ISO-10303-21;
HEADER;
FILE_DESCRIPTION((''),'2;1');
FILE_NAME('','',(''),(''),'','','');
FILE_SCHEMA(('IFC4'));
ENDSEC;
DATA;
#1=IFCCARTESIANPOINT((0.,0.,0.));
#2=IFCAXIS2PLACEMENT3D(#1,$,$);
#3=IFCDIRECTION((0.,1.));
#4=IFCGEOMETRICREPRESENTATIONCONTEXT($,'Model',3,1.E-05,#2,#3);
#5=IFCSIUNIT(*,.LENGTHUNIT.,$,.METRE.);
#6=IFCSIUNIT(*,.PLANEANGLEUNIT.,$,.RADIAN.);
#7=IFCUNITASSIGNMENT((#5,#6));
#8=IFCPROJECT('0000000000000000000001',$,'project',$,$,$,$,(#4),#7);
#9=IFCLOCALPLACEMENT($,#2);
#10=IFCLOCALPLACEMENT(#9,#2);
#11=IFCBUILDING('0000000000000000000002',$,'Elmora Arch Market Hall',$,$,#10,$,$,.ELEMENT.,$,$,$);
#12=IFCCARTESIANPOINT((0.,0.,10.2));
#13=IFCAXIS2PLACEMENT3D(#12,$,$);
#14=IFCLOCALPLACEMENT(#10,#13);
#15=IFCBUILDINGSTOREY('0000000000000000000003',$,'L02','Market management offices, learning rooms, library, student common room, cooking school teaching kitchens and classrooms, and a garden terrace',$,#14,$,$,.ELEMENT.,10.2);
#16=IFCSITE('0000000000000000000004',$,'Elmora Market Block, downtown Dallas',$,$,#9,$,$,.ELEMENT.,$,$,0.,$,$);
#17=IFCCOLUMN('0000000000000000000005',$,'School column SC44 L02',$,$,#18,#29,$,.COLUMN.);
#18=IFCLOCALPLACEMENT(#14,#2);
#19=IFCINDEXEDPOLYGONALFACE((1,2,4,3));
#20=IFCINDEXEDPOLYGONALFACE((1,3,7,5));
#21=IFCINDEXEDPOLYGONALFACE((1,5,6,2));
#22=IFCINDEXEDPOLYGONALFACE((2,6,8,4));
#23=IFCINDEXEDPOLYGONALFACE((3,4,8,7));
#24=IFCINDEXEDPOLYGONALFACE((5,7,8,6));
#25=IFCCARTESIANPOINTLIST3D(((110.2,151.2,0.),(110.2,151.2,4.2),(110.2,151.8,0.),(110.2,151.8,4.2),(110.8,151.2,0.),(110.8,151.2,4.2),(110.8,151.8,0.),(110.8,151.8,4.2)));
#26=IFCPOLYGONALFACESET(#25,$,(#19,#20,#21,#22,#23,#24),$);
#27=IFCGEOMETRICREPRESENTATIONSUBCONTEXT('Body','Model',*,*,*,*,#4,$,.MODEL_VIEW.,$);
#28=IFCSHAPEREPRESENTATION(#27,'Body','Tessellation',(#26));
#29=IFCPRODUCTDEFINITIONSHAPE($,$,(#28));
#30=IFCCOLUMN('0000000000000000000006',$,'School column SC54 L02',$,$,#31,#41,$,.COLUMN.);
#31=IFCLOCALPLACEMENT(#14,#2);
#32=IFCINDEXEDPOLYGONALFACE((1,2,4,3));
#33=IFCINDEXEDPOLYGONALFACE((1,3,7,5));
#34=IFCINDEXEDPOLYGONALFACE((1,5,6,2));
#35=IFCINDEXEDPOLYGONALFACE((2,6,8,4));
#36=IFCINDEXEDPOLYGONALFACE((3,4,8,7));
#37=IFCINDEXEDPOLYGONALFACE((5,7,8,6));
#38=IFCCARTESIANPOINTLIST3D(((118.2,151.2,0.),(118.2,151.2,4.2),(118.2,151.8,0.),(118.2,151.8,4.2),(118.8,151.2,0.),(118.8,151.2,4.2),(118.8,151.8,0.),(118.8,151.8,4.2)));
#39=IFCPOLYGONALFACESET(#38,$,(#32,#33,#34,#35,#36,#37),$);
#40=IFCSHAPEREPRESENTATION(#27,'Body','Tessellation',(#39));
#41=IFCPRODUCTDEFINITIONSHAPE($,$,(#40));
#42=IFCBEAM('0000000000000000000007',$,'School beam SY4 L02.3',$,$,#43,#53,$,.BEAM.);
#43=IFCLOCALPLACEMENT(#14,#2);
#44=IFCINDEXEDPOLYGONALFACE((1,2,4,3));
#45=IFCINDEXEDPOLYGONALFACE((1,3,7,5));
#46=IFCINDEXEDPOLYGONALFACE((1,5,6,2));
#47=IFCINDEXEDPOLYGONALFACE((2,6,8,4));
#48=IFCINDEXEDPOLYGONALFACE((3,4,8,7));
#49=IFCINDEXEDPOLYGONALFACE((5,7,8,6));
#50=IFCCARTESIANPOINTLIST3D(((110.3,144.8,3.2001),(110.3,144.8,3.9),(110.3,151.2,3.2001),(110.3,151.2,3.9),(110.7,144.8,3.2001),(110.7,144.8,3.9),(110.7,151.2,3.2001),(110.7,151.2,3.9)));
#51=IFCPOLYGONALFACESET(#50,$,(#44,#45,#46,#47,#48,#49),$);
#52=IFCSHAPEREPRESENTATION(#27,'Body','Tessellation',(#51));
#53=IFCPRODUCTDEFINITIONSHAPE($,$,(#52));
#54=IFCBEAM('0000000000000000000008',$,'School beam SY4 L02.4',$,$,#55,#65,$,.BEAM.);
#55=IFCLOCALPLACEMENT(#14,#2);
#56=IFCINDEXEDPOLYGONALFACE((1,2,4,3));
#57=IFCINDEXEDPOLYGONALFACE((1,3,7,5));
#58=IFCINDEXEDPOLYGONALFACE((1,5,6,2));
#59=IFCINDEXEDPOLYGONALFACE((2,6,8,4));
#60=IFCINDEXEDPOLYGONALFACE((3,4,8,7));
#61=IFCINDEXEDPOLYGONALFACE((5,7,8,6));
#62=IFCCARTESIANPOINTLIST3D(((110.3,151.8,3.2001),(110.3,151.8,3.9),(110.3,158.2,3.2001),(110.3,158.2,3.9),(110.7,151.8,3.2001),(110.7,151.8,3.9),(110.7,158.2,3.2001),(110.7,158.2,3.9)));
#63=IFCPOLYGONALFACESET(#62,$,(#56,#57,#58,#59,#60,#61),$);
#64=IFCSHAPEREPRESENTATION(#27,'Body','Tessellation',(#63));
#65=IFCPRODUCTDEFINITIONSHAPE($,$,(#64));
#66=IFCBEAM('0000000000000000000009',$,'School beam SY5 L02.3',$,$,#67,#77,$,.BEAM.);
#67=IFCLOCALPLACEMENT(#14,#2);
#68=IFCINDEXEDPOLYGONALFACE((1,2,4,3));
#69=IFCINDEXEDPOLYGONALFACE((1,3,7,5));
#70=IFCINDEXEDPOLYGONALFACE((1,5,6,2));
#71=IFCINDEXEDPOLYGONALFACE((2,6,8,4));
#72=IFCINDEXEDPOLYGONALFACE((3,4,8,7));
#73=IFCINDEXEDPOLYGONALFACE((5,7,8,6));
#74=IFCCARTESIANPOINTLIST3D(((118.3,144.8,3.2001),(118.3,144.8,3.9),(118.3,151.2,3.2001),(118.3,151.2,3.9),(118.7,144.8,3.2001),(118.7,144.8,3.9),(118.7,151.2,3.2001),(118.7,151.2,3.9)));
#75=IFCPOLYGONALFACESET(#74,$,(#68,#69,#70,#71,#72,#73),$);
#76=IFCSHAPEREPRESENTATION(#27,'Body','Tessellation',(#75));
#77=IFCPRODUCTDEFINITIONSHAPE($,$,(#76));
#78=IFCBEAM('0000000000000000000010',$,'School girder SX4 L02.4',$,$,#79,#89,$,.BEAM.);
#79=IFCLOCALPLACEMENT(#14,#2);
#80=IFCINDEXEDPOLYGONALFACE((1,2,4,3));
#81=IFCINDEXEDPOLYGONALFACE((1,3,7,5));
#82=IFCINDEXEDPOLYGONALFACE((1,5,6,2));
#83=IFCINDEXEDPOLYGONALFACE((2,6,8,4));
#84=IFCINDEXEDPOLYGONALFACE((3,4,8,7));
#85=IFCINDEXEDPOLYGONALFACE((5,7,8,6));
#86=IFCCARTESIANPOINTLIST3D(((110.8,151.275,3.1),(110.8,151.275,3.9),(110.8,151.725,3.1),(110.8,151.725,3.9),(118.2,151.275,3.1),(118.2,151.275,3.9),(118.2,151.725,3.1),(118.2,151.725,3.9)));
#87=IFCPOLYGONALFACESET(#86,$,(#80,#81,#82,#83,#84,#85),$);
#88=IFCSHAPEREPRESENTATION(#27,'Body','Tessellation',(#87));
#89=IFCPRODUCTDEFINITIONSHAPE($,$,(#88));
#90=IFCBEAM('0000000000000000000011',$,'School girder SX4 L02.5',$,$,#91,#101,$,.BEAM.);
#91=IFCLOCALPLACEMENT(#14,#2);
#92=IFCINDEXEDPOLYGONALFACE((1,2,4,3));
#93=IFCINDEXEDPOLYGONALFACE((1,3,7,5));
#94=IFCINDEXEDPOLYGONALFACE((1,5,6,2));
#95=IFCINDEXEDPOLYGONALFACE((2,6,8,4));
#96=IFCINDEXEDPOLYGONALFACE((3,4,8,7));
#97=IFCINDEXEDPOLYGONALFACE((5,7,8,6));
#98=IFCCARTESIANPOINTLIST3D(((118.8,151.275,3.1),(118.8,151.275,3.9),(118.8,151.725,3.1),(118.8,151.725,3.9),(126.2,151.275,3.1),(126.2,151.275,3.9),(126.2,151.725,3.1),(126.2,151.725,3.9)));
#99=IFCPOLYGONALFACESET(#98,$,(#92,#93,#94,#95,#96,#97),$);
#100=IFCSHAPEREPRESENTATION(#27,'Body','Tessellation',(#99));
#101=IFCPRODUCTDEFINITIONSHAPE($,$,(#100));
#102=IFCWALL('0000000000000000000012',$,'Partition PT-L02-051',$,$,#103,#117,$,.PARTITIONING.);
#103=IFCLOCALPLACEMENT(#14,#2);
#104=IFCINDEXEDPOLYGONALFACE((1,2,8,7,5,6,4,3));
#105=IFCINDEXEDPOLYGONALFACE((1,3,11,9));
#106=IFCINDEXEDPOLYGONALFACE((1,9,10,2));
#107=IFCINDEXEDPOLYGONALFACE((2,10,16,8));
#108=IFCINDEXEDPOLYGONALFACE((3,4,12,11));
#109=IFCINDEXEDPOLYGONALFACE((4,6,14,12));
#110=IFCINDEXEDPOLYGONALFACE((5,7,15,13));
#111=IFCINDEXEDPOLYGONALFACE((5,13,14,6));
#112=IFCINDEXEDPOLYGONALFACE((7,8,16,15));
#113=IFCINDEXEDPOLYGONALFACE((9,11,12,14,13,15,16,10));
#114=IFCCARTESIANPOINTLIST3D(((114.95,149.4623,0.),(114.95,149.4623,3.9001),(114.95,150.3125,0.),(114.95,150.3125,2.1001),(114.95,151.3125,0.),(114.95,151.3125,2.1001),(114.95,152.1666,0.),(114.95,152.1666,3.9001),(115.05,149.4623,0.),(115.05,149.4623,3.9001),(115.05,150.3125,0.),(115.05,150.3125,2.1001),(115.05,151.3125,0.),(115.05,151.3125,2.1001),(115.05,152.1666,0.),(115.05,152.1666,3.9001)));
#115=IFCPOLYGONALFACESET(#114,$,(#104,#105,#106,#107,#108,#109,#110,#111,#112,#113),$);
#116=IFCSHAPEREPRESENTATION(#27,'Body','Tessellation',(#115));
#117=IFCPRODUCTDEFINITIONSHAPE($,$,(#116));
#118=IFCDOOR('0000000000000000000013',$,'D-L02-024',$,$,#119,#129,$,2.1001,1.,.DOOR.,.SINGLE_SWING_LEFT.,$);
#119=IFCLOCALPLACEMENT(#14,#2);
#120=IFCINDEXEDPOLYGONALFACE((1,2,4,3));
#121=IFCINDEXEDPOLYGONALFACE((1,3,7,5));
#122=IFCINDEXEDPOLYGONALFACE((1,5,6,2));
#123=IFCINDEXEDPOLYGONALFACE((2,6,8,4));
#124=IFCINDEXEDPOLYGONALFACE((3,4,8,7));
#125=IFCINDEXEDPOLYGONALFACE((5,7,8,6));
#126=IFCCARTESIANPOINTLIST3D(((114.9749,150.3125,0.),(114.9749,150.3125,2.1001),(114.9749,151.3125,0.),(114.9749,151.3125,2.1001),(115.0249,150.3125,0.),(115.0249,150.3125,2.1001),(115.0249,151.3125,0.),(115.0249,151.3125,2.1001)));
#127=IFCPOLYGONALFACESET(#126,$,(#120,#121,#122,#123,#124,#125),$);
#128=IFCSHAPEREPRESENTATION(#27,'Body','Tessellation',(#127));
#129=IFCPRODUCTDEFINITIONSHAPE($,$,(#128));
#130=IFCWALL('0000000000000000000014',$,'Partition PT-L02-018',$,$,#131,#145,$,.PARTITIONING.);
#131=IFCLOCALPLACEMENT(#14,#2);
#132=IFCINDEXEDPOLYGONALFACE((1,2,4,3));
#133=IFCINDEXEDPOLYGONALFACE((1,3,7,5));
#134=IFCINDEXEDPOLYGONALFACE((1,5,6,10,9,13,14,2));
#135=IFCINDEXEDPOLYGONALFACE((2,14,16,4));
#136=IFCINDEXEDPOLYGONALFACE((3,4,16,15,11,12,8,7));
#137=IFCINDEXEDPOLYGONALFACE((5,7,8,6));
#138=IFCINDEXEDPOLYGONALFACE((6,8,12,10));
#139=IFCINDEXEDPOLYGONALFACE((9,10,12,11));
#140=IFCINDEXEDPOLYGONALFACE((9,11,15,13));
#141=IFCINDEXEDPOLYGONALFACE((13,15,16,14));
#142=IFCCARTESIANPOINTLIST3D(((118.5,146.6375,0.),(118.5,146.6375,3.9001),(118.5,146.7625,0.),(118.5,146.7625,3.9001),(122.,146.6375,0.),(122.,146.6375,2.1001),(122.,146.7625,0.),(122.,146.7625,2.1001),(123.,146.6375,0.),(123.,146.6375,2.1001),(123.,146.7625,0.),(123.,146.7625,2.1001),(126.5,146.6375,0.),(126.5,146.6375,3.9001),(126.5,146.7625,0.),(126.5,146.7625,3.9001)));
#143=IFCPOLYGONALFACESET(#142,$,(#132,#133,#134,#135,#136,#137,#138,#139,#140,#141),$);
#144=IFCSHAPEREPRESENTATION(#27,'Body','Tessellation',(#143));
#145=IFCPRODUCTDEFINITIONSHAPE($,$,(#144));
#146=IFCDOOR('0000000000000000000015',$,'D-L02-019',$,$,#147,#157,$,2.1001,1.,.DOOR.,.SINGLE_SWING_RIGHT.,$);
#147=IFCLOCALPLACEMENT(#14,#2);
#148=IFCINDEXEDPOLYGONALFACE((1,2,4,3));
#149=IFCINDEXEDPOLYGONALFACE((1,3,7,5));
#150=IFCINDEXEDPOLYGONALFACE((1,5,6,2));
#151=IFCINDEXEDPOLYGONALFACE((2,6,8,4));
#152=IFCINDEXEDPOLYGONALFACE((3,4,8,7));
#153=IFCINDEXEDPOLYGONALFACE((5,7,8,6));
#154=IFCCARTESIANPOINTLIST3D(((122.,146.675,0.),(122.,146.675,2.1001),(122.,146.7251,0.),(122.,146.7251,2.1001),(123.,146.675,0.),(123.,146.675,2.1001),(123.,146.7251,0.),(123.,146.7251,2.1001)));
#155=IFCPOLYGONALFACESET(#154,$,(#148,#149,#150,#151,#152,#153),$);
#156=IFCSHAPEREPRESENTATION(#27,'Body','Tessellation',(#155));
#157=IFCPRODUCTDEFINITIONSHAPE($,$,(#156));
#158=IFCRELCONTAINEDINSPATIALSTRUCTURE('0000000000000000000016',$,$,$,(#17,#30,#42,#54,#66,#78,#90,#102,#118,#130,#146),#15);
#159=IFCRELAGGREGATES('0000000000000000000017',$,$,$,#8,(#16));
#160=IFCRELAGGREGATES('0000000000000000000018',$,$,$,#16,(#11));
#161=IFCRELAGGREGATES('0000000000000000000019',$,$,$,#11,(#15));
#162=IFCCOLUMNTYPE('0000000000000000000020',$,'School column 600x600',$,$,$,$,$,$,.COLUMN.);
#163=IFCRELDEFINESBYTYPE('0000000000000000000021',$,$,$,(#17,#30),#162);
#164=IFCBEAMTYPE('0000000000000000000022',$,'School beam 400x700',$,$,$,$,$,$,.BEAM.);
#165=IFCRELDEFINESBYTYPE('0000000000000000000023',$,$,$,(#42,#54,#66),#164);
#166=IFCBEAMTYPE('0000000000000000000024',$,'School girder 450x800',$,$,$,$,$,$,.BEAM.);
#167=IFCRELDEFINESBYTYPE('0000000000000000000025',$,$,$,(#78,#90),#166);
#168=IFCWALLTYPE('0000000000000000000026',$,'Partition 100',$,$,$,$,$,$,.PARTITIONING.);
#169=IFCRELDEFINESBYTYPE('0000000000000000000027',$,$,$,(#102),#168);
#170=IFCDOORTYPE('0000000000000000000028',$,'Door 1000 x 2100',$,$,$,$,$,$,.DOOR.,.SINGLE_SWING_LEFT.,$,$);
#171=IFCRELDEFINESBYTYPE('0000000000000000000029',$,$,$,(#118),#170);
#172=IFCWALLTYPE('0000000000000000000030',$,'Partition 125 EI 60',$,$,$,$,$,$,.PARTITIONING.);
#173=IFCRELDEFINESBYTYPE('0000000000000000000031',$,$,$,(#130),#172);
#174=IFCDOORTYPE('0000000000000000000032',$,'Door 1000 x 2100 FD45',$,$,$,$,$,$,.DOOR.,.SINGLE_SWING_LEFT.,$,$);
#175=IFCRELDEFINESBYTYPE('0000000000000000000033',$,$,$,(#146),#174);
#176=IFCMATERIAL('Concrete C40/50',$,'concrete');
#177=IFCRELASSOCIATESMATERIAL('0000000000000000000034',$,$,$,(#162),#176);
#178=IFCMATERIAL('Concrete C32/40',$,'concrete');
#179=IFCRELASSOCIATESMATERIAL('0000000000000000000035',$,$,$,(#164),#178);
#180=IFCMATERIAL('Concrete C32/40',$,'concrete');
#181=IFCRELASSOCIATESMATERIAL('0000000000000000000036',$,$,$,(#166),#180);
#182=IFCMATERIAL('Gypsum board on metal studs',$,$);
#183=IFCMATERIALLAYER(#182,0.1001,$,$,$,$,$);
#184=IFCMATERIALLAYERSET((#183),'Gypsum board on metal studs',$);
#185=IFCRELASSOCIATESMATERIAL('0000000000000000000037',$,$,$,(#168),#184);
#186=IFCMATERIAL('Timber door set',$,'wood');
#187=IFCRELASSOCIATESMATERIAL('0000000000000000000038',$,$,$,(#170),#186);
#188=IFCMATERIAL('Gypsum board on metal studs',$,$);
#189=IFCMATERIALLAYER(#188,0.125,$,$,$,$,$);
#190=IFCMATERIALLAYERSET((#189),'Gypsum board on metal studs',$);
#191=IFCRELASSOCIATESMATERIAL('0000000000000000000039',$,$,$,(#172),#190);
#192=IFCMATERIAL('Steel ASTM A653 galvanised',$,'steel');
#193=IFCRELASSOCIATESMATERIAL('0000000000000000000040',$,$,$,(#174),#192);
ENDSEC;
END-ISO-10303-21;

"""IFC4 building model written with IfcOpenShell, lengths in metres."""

from ifc_helpers import new_model, si_unit, direction, frame, frame_2d, origin, origin_2d, place, context, subcontext, project, spatial, rectangle, extrude, material, layer, layer_set, material_profile, profile_set, type_object, element, fill, save


model = new_model("IFC4")

# Units and contexts
model_context = context("Model", 3, precision=1e-05, world=origin(), true_north=direction((0.0, 1.0)))
body_context = subcontext(model_context, "Body", "Model", "MODEL_VIEW")
ifc_project = project(units=[si_unit("LENGTHUNIT", "METRE"), si_unit("PLANEANGLEUNIT", "RADIAN")], contexts=[model_context])

# Site, building, storey
site_placement = place(None, origin())
site = spatial("IfcSite", under=ifc_project, at=site_placement, Name="Elmora Market Block, downtown Dallas", CompositionType="ELEMENT", RefElevation=0.0)
building_placement = place(site_placement, origin())
building = spatial("IfcBuilding", under=site, at=building_placement, Name="Elmora Arch Market Hall", CompositionType="ELEMENT")
storey_placement = place(building_placement, frame((0.0, 0.0, 10.2)))
storey = spatial("IfcBuildingStorey", under=building, at=storey_placement, Name="L02", Description="Market management offices, learning rooms, library, student common room, cooking school teaching kitchens and classrooms, and a garden terrace", CompositionType="ELEMENT", Elevation=10.2)

# Columns
ifc_material_1 = material(Name="Concrete C40/50", Category="concrete")
ifc_material_profile_1 = material_profile(ifc_material_1, rectangle(XDim=0.6001, YDim=0.6001, at=origin_2d()), Name="School column 600x600")
ifc_profile_set_1 = profile_set([ifc_material_profile_1], Name="Concrete C40/50")
column_type = type_object("IfcColumnType", Name="School column 600x600", PredefinedType="COLUMN", material=ifc_profile_set_1)
for number, where, z_axis, x_axis, name in (
    (1, (110.5, 151.5, 0.0), (0.0, 0.0, 1.0), (1.0, 0.0, 0.0), "School column SC44 L02"),
    (2, (118.5, 151.5, 0.0), (0.0, 0.0, 1.0), (1.0, 0.0, 0.0), "School column SC54 L02"),
):
    element("IfcColumn", number, at=place(storey_placement, frame(where, z_axis=z_axis, x_axis=x_axis)), inside=storey, type_object=column_type, Name=name, PredefinedType="COLUMN", context=body_context, shape_type="SweptSolid", body=[
        extrude(rectangle(XDim=0.6001, YDim=0.6001, at=origin_2d()), origin(), (0.0, 0.0, 1.0), 4.2),
    ])

# Beams
ifc_material_2 = material(Name="Concrete C32/40", Category="concrete")
ifc_material_profile_2 = material_profile(ifc_material_2, rectangle(XDim=0.3999, YDim=0.7, at=origin_2d()), Name="School beam 400x700")
ifc_profile_set_2 = profile_set([ifc_material_profile_2], Name="Concrete C32/40")
beam_type_1 = type_object("IfcBeamType", Name="School beam 400x700", PredefinedType="BEAM", material=ifc_profile_set_2)
for number, where, z_axis, x_axis, name in (
    (3, (110.5, 144.8, 3.55), (0.0, 1.0, 0.0), (-1.0, 0.0, 0.0), "School beam SY4 L02.3"),
    (4, (110.5, 151.8, 3.55), (0.0, 1.0, 0.0), (-1.0, 0.0, 0.0), "School beam SY4 L02.4"),
    (5, (118.5, 144.8, 3.55), (0.0, 1.0, 0.0), (-1.0, 0.0, 0.0), "School beam SY5 L02.3"),
):
    element("IfcBeam", number, at=place(storey_placement, frame(where, z_axis=z_axis, x_axis=x_axis)), inside=storey, type_object=beam_type_1, Name=name, PredefinedType="BEAM", context=body_context, shape_type="SweptSolid", body=[
        extrude(rectangle(XDim=0.3999, YDim=0.7, at=origin_2d()), origin(), (0.0, 0.0, 1.0), 6.3999),
    ])
ifc_material_3 = material(Name="Concrete C32/40", Category="concrete")
ifc_material_profile_3 = material_profile(ifc_material_3, rectangle(XDim=0.45, YDim=0.8, at=origin_2d()), Name="School girder 450x800")
ifc_profile_set_3 = profile_set([ifc_material_profile_3], Name="Concrete C32/40")
beam_type_2 = type_object("IfcBeamType", Name="School girder 450x800", PredefinedType="BEAM", material=ifc_profile_set_3)
for number, where, z_axis, x_axis, name in (
    (6, (110.8, 151.5, 3.5), (1.0, 0.0, 0.0), (0.0, 1.0, 0.0), "School girder SX4 L02.4"),
    (7, (118.8, 151.5, 3.5), (1.0, 0.0, 0.0), (0.0, 1.0, 0.0), "School girder SX4 L02.5"),
):
    element("IfcBeam", number, at=place(storey_placement, frame(where, z_axis=z_axis, x_axis=x_axis)), inside=storey, type_object=beam_type_2, Name=name, PredefinedType="BEAM", context=body_context, shape_type="SweptSolid", body=[
        extrude(rectangle(XDim=0.45, YDim=0.8, at=origin_2d()), origin(), (0.0, 0.0, 1.0), 7.3999),
    ])

# Walls, openings, doors
ifc_material_4 = material(Name="Gypsum board on metal studs")
ifc_layer_1 = layer(ifc_material_4, 0.1001)
ifc_layer_set_1 = layer_set([ifc_layer_1], Name="Gypsum board on metal studs")
wall_type_1 = type_object("IfcWallType", Name="Partition 100", PredefinedType="PARTITIONING", material=ifc_layer_set_1)
wall_1_placement = place(storey_placement, frame((115.0, 149.4624, 0.0), z_axis=(0.0, 0.0, 1.0), x_axis=(0.0, 1.0, 0.0)))
wall_1 = element("IfcWall", 8, at=wall_1_placement, inside=storey, type_object=wall_type_1, Name="Partition PT-L02-051", PredefinedType="PARTITIONING", context=body_context, shape_type="SweptSolid", body=[
    extrude(rectangle(XDim=2.7043, YDim=0.1001, at=frame_2d((1.3521, 0.0))), origin(), (0.0, 0.0, 1.0), 3.9001),
])
opening_1_placement = place(wall_1_placement, frame((0.8501, 0.0, 0.0)))
opening_1 = element("IfcOpeningElement", 9, at=opening_1_placement, cuts=wall_1, PredefinedType="OPENING", context=body_context, shape_type="SweptSolid", body=[
    extrude(rectangle(XDim=1.0, YDim=2.1001, at=frame_2d((0.5, 1.05))), frame((0.0, 0.0601, 0.0), z_axis=(0.0, -1.0, 0.0), x_axis=(1.0, 0.0, 0.0)), (0.0, 0.0, 1.0), 0.1201),
])
ifc_material_5 = material(Name="Timber door set", Category="wood")
door_type_1 = type_object("IfcDoorType", Name="Door 1000 x 2100", OperationType="SINGLE_SWING_LEFT", PredefinedType="DOOR", material=ifc_material_5)
door_1_placement = place(opening_1_placement, frame((1.0, 0.0, 0.0), z_axis=(0.0, 0.0, 1.0), x_axis=(-1.0, 0.0, 0.0)))
door_1 = element("IfcDoor", 10, at=door_1_placement, inside=storey, type_object=door_type_1, Name="D-L02-024", OperationType="SINGLE_SWING_LEFT", OverallHeight=2.1001, OverallWidth=1.0, PredefinedType="DOOR", context=body_context, shape_type="SweptSolid", body=[
    extrude(rectangle(XDim=1.0, YDim=2.1001, at=frame_2d((0.5, 1.05))), frame((0.0, 0.0249, 0.0), z_axis=(0.0, -1.0, 0.0), x_axis=(1.0, 0.0, 0.0)), (0.0, 0.0, 1.0), 0.05),
])
fill(opening_1, door_1)
ifc_material_6 = material(Name="Gypsum board on metal studs")
ifc_layer_2 = layer(ifc_material_6, 0.125)
ifc_layer_set_2 = layer_set([ifc_layer_2], Name="Gypsum board on metal studs")
wall_type_2 = type_object("IfcWallType", Name="Partition 125 EI 60", PredefinedType="PARTITIONING", material=ifc_layer_set_2)
wall_2_placement = place(storey_placement, frame((118.5, 146.7, 0.0), z_axis=(0.0, 0.0, 1.0), x_axis=(1.0, 0.0, 0.0)))
wall_2 = element("IfcWall", 11, at=wall_2_placement, inside=storey, type_object=wall_type_2, Name="Partition PT-L02-018", PredefinedType="PARTITIONING", context=body_context, shape_type="SweptSolid", body=[
    extrude(rectangle(XDim=8.0, YDim=0.125, at=frame_2d((4.0, 0.0))), origin(), (0.0, 0.0, 1.0), 3.9001),
])
opening_2_placement = place(wall_2_placement, frame((3.5, 0.0, 0.0)))
opening_2 = element("IfcOpeningElement", 12, at=opening_2_placement, cuts=wall_2, PredefinedType="OPENING", context=body_context, shape_type="SweptSolid", body=[
    extrude(rectangle(XDim=1.0, YDim=2.1001, at=frame_2d((0.5, 1.05))), frame((0.0, 0.0725, 0.0), z_axis=(0.0, -1.0, 0.0), x_axis=(1.0, 0.0, 0.0)), (0.0, 0.0, 1.0), 0.145),
])
ifc_material_7 = material(Name="Steel ASTM A653 galvanised", Category="steel")
door_type_2 = type_object("IfcDoorType", Name="Door 1000 x 2100 FD45", OperationType="SINGLE_SWING_LEFT", PredefinedType="DOOR", material=ifc_material_7)
door_2_placement = place(opening_2_placement, frame((1.0, 0.0, 0.0), z_axis=(0.0, 0.0, 1.0), x_axis=(-1.0, 0.0, 0.0)))
door_2 = element("IfcDoor", 13, at=door_2_placement, inside=storey, type_object=door_type_2, Name="D-L02-019", OperationType="SINGLE_SWING_RIGHT", OverallHeight=2.1001, OverallWidth=1.0, PredefinedType="DOOR", context=body_context, shape_type="SweptSolid", body=[
    extrude(rectangle(XDim=1.0, YDim=2.1001, at=frame_2d((0.5, 1.05))), frame((0.0, 0.0249, 0.0), z_axis=(0.0, -1.0, 0.0), x_axis=(1.0, 0.0, 0.0)), (0.0, 0.0, 1.0), 0.05),
])
fill(opening_2, door_2)

save(model, "model.ifc")
